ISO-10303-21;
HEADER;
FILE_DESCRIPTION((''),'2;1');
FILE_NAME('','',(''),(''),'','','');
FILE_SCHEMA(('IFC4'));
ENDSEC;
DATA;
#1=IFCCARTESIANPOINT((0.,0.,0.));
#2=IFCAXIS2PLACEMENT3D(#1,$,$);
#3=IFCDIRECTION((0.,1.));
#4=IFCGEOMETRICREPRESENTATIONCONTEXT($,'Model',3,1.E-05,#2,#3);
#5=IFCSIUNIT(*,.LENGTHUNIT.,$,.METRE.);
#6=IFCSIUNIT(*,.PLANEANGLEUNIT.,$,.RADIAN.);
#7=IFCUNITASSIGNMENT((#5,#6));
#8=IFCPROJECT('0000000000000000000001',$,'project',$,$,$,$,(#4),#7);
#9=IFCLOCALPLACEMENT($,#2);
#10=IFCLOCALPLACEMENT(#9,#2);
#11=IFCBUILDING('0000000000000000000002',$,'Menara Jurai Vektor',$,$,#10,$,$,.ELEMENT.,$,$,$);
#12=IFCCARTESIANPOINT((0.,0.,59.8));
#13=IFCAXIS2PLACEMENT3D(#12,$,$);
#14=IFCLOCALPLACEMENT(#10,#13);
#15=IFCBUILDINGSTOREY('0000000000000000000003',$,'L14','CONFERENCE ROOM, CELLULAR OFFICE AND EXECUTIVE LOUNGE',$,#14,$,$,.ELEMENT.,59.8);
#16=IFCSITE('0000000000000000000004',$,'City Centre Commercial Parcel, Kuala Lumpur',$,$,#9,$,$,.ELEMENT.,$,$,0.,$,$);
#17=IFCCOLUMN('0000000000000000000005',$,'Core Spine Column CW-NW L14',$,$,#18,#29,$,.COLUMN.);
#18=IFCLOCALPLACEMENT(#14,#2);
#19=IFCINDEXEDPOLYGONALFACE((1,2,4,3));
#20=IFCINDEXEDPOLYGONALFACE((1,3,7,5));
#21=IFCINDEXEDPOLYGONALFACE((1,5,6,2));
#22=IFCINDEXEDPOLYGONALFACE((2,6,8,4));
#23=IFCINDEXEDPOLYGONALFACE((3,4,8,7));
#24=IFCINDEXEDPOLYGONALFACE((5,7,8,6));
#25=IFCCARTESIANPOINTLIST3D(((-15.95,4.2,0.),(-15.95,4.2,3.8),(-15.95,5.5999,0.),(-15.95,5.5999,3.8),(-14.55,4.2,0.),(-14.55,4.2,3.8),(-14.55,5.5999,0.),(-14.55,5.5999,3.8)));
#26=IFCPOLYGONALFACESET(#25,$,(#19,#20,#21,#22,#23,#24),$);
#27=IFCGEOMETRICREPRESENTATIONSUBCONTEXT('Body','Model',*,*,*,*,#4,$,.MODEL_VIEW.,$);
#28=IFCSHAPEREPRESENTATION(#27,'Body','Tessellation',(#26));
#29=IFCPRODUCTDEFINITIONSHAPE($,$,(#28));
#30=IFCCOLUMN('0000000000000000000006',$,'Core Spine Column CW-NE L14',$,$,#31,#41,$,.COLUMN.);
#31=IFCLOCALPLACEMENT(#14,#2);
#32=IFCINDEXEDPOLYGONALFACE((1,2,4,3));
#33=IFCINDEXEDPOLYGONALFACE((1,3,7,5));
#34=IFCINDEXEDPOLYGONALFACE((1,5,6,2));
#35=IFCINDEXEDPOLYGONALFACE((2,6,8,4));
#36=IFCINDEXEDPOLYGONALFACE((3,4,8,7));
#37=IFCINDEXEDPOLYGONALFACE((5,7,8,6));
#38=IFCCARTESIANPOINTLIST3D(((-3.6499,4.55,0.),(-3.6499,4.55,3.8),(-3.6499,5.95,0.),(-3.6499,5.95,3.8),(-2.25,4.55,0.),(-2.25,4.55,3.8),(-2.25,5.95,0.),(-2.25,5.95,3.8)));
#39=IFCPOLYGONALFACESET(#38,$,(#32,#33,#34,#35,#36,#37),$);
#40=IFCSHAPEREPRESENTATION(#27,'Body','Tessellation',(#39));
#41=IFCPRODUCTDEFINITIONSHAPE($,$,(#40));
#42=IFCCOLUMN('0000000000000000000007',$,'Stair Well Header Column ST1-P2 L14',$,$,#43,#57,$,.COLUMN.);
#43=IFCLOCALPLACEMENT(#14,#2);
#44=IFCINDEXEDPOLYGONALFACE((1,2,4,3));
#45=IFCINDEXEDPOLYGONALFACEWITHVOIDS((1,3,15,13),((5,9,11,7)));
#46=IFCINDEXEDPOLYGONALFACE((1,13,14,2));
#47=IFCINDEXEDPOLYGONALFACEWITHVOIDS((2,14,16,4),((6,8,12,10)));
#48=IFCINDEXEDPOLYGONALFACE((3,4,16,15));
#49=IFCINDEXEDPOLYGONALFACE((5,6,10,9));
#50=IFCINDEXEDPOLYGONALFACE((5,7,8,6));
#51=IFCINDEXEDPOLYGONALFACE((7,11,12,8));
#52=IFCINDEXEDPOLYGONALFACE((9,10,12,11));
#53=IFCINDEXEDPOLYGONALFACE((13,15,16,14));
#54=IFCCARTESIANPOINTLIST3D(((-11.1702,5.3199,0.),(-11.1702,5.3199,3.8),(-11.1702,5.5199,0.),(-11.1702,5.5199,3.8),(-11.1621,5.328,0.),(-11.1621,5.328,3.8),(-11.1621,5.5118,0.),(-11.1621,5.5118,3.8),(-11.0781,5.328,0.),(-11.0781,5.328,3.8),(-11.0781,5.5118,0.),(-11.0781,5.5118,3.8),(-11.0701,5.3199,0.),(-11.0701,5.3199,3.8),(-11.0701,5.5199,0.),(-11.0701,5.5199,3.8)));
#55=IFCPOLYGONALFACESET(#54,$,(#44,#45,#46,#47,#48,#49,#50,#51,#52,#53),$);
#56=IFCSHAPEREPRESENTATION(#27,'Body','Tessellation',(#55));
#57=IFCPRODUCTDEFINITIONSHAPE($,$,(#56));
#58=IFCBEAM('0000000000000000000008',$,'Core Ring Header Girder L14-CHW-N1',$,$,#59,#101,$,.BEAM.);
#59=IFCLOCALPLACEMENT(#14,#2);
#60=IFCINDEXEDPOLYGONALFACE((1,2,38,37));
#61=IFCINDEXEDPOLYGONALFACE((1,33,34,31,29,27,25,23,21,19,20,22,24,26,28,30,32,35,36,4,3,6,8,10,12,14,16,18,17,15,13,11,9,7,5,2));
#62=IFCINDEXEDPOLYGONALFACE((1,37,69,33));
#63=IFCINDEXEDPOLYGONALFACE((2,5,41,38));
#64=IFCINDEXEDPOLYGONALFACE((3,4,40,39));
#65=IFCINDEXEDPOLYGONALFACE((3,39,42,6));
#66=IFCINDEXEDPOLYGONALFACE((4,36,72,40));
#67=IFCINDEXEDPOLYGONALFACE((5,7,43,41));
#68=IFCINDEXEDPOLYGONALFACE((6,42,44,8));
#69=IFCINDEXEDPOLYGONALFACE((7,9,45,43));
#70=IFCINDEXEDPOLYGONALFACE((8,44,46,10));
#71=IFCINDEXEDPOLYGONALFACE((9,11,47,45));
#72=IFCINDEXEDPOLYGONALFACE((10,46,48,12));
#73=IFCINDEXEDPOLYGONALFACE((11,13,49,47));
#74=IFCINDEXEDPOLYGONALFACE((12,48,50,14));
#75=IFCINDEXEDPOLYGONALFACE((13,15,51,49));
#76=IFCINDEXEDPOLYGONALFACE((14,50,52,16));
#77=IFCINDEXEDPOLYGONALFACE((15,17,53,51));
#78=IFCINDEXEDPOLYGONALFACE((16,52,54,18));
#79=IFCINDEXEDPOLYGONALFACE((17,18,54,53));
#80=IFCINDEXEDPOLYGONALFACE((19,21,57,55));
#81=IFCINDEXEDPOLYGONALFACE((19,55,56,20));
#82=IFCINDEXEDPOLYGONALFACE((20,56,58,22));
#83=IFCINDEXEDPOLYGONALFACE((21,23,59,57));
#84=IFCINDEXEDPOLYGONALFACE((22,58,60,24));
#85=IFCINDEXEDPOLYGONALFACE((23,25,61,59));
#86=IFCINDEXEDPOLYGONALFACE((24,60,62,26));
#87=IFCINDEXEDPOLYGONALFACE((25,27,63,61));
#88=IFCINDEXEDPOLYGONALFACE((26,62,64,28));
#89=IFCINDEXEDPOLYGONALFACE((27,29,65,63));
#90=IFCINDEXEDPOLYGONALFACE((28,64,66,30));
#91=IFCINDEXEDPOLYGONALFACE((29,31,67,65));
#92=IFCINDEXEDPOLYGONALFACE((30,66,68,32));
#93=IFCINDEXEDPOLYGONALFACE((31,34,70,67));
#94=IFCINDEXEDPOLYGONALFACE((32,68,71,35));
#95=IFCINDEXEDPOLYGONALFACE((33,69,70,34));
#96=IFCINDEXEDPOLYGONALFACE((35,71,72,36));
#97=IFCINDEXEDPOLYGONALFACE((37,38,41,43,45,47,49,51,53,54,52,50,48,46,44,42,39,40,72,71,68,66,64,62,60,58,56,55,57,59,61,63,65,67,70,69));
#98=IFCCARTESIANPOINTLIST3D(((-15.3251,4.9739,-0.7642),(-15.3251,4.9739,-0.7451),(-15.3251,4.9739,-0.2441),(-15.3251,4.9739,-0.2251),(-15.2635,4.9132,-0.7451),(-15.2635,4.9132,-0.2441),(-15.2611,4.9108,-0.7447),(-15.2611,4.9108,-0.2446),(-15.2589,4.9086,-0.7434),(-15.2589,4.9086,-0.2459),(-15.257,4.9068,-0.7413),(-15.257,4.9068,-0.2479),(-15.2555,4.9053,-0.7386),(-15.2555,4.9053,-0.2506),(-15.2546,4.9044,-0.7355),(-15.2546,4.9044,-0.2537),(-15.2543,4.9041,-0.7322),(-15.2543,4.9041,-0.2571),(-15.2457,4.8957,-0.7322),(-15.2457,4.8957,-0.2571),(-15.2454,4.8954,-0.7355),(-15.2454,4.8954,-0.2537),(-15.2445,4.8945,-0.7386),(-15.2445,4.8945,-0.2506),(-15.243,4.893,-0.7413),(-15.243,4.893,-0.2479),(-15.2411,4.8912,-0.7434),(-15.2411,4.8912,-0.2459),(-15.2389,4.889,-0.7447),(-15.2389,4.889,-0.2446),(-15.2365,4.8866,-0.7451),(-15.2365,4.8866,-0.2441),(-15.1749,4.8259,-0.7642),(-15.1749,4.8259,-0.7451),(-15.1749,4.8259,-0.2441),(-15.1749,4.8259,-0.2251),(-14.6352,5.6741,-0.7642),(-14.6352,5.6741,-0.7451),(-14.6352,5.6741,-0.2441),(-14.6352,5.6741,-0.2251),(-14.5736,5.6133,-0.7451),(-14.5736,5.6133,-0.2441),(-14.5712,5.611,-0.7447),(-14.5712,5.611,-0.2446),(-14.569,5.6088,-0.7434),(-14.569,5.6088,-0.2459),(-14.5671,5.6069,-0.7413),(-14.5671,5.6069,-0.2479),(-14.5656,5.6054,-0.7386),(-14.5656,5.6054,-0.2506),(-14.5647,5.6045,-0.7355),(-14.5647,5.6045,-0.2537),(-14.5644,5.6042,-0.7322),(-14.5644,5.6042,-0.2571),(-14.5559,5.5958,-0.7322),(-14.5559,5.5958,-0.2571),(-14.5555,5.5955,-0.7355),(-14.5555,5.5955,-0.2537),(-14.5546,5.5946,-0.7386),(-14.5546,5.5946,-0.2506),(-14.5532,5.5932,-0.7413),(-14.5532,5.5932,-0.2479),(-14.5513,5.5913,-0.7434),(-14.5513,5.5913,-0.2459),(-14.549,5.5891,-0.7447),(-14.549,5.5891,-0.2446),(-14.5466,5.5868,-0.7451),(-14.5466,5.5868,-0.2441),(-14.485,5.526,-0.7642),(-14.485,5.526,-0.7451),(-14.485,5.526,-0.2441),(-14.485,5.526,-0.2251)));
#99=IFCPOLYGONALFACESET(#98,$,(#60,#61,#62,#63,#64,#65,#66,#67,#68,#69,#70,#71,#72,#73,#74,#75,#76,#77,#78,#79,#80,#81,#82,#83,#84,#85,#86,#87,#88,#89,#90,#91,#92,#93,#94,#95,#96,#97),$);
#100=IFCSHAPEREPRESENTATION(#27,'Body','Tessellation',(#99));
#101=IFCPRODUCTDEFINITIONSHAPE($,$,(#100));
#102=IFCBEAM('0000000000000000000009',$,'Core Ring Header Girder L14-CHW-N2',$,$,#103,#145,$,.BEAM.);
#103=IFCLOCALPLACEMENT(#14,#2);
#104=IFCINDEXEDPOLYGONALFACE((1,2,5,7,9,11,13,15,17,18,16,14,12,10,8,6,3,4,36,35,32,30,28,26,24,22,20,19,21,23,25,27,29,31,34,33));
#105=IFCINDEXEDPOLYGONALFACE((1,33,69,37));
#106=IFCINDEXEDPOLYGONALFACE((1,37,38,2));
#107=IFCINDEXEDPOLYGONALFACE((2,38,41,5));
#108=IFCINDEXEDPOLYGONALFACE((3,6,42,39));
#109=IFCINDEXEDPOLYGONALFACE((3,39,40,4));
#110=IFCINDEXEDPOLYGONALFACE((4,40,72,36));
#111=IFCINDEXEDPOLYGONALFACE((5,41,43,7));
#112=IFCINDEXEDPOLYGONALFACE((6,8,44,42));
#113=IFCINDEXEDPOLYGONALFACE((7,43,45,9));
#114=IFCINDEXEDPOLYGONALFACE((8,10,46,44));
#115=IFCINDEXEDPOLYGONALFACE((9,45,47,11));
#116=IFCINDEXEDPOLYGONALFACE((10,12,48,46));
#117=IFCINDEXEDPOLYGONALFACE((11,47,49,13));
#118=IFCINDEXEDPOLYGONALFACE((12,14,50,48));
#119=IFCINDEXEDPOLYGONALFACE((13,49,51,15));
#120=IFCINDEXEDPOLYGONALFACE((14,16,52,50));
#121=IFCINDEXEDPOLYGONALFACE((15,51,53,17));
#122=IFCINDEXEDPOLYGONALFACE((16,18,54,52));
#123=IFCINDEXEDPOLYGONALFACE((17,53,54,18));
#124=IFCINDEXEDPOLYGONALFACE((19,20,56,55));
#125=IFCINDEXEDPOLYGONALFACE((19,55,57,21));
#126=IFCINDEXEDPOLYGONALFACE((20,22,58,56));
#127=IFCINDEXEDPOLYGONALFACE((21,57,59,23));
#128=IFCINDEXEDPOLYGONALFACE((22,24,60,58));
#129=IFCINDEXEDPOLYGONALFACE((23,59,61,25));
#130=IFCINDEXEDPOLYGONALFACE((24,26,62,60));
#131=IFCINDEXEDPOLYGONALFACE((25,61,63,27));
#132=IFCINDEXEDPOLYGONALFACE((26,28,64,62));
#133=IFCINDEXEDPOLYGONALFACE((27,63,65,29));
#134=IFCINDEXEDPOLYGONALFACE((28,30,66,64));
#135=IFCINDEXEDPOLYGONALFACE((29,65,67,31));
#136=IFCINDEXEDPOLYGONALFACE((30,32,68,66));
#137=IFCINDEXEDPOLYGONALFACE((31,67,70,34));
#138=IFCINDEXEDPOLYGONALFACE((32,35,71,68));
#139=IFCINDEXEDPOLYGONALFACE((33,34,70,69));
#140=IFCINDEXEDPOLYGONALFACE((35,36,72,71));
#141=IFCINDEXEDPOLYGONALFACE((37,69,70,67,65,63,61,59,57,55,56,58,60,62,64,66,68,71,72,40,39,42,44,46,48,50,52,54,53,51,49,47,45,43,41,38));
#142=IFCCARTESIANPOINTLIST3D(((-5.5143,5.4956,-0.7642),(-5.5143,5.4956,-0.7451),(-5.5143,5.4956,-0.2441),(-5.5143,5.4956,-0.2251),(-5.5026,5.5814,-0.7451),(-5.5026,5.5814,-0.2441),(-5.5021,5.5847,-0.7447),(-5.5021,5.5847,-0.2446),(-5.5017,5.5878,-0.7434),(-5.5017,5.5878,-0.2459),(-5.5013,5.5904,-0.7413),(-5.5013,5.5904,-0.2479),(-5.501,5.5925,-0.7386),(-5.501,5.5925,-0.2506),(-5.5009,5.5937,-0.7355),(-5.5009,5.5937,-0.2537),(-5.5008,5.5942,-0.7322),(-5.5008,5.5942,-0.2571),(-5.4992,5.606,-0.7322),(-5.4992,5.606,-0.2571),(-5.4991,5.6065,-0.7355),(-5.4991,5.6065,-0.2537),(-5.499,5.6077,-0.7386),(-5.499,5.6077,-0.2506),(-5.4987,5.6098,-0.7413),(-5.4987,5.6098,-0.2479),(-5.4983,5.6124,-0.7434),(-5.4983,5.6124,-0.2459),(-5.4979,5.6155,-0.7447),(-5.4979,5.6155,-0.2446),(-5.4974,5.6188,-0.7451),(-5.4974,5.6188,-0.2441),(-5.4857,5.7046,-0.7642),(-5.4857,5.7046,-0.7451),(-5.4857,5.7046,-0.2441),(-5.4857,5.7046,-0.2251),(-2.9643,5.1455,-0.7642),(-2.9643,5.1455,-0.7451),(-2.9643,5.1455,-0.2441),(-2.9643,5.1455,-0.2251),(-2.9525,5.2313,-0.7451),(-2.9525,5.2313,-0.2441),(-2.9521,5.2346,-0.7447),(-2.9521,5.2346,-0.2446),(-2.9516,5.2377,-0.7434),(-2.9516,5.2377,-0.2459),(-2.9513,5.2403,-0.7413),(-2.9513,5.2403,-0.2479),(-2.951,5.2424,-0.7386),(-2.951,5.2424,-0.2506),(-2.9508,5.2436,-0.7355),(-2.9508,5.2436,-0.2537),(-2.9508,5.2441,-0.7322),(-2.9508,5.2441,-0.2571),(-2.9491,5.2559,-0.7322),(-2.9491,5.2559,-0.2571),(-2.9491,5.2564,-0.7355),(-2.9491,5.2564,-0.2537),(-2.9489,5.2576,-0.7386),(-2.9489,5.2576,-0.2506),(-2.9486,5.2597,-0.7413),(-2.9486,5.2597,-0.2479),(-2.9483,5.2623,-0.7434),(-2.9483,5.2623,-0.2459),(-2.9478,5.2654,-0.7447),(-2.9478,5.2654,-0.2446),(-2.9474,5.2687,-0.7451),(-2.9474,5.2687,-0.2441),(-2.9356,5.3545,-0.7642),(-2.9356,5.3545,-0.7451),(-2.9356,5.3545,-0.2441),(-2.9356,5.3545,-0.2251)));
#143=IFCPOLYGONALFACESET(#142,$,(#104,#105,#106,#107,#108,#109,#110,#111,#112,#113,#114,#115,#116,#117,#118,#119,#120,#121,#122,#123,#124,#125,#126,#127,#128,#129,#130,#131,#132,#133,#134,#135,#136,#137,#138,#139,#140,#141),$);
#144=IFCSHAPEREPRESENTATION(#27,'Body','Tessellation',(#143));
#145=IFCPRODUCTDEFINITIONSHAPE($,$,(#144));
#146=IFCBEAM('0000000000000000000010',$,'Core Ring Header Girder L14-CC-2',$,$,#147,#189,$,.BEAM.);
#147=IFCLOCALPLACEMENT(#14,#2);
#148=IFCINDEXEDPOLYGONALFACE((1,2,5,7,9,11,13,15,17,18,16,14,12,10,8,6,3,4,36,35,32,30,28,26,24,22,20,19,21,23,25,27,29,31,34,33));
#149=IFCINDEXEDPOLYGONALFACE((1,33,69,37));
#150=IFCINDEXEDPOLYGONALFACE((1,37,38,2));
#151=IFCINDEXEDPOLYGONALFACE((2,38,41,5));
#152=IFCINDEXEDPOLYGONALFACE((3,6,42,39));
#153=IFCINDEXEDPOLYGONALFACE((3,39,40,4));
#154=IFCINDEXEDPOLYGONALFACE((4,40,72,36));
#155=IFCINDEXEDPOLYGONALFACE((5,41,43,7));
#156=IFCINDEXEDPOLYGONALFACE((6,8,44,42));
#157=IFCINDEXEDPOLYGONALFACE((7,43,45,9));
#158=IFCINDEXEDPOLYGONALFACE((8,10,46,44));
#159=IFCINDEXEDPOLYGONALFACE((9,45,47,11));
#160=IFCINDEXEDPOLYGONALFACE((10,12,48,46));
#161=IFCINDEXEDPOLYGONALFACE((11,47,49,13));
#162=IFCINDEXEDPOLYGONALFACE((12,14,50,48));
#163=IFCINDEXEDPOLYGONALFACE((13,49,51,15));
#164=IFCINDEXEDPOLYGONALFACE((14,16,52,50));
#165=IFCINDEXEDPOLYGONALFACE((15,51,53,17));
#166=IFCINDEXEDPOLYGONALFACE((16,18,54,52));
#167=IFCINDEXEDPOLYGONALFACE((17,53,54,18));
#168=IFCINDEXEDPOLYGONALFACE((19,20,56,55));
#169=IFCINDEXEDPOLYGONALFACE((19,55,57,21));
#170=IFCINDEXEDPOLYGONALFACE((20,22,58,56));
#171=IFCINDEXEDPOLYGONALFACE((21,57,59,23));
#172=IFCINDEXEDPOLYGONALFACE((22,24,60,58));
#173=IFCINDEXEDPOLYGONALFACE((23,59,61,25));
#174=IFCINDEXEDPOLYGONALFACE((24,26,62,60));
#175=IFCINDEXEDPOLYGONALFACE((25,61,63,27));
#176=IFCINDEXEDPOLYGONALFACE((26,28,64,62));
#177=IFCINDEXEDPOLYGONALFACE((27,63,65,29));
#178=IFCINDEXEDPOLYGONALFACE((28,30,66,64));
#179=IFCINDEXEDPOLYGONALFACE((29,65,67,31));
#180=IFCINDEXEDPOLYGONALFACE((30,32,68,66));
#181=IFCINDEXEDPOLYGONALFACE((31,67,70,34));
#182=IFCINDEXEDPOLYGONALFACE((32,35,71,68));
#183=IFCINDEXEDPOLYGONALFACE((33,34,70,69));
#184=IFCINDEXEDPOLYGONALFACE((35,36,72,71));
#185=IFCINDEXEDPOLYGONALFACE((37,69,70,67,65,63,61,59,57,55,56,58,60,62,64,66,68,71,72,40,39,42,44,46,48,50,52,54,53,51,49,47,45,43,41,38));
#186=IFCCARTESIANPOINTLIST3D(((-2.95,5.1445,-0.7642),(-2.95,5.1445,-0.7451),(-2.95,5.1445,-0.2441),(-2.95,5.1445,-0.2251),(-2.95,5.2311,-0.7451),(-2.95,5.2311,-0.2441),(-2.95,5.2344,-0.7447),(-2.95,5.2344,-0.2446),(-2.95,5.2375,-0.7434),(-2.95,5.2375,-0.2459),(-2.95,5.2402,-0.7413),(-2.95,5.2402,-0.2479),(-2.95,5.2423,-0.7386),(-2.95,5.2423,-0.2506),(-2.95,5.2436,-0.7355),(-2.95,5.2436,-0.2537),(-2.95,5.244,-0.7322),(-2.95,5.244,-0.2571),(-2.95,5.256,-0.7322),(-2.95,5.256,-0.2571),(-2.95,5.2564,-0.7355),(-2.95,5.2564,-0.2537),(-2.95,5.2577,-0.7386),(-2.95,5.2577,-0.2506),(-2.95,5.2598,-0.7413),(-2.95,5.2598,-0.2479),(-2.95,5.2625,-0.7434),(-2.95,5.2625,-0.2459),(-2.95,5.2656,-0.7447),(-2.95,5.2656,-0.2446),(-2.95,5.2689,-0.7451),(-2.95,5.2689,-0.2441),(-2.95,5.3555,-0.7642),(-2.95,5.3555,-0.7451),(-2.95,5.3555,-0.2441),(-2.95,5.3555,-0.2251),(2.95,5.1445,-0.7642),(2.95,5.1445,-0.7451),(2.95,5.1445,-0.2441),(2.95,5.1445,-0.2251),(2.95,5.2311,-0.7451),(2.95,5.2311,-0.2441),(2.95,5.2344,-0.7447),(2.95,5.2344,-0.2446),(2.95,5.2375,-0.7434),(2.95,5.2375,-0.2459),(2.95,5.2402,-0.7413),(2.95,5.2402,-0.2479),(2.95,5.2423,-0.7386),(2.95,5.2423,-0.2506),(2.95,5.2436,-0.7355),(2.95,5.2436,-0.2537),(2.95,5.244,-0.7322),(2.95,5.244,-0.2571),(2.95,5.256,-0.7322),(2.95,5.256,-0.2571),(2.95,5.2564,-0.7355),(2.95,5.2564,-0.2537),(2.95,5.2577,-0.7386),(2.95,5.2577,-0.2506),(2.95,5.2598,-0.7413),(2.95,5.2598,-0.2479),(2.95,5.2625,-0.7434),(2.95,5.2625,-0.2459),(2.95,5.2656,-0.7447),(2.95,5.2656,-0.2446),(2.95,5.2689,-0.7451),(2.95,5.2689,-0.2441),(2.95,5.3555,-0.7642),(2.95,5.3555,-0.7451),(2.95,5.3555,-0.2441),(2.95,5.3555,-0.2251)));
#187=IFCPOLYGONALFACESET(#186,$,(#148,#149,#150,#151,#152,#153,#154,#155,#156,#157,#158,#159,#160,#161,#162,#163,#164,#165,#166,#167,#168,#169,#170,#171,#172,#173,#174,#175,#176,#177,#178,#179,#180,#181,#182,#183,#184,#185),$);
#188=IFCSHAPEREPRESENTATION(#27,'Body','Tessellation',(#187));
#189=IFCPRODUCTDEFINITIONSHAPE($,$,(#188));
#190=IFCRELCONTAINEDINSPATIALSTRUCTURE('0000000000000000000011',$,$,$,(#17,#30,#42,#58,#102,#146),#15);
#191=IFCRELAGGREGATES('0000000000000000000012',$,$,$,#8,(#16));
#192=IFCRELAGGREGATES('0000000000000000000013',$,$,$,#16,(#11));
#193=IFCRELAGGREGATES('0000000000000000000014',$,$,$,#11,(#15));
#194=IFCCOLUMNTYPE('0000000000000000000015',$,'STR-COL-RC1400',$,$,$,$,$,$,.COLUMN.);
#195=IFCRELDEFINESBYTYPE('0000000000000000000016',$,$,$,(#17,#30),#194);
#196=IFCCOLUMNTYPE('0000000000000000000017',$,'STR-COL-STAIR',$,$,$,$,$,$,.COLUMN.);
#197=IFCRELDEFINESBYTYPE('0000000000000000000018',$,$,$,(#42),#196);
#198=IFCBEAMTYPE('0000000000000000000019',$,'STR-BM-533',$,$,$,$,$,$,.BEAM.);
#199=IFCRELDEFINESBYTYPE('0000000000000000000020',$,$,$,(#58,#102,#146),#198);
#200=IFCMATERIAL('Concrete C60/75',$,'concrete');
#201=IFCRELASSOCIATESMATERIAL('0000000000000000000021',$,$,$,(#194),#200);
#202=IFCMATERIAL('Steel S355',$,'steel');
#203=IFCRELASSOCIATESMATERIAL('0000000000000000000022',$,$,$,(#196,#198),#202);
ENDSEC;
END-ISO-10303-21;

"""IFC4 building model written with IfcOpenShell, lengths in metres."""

from ifc_helpers import new_model, si_unit, direction, frame, origin, origin_2d, place, context, subcontext, project, spatial, rectangle, hollow_rectangle, i_section, extrude, material, material_profile, profile_set, type_object, element, save


model = new_model("IFC4")

# Units and contexts
model_context = context("Model", 3, precision=1e-05, world=origin(), true_north=direction((0.0, 1.0)))
body_context = subcontext(model_context, "Body", "Model", "MODEL_VIEW")
ifc_project = project(units=[si_unit("LENGTHUNIT", "METRE"), si_unit("PLANEANGLEUNIT", "RADIAN")], contexts=[model_context])

# Site, building, storey
site_placement = place(None, origin())
site = spatial("IfcSite", under=ifc_project, at=site_placement, Name="City Centre Commercial Parcel, Kuala Lumpur", CompositionType="ELEMENT", RefElevation=0.0)
building_placement = place(site_placement, origin())
building = spatial("IfcBuilding", under=site, at=building_placement, Name="Menara Jurai Vektor", CompositionType="ELEMENT")
storey_placement = place(building_placement, frame((0.0, 0.0, 59.8)))
storey = spatial("IfcBuildingStorey", under=building, at=storey_placement, Name="L14", Description="CONFERENCE ROOM, CELLULAR OFFICE AND EXECUTIVE LOUNGE", CompositionType="ELEMENT", Elevation=59.8)

# Columns
ifc_material_1 = material(Name="Concrete C60/75", Category="concrete")
ifc_material_profile_1 = material_profile(ifc_material_1, rectangle(XDim=1.3999, YDim=1.3999, at=origin_2d()), Name="RC 1400x1400")
ifc_profile_set_1 = profile_set([ifc_material_profile_1], Name="Concrete C60/75")
column_type_1 = type_object("IfcColumnType", Name="STR-COL-RC1400", PredefinedType="COLUMN", material=ifc_profile_set_1)
for number, where, z_axis, x_axis, name in (
    (1, (-15.25, 4.8999, 0.0), (0.0, 0.0, 1.0), (1.0, 0.0, 0.0), "Core Spine Column CW-NW L14"),
    (2, (-2.95, 5.25, 0.0), (0.0, 0.0, 1.0), (1.0, 0.0, 0.0), "Core Spine Column CW-NE L14"),
):
    element("IfcColumn", number, at=place(storey_placement, frame(where, z_axis=z_axis, x_axis=x_axis)), inside=storey, type_object=column_type_1, Name=name, PredefinedType="COLUMN", context=body_context, shape_type="SweptSolid", body=[
        extrude(rectangle(XDim=1.3999, YDim=1.3999, at=origin_2d()), origin(), (0.0, 0.0, 1.0), 3.8),
    ])
ifc_material_2 = material(Name="Steel S355", Category="steel")
ifc_material_profile_2 = material_profile(ifc_material_2, hollow_rectangle(XDim=0.1001, YDim=0.2, WallThickness=0.0081, at=origin_2d()), Name="RHS 200x100x8")
ifc_profile_set_2 = profile_set([ifc_material_profile_2], Name="Steel S355")
column_type_2 = type_object("IfcColumnType", Name="STR-COL-STAIR", PredefinedType="COLUMN", material=ifc_profile_set_2)
column_placement = place(storey_placement, frame((-11.1201, 5.4199, 0.0), z_axis=(0.0, 0.0, 1.0), x_axis=(1.0, 0.0, 0.0)))
element("IfcColumn", 3, at=column_placement, inside=storey, type_object=column_type_2, Name="Stair Well Header Column ST1-P2 L14", PredefinedType="COLUMN", context=body_context, shape_type="SweptSolid", body=[
    extrude(hollow_rectangle(XDim=0.1001, YDim=0.2, WallThickness=0.0081, at=origin_2d()), origin(), (0.0, 0.0, 1.0), 3.8),
])

# Beams
ifc_material_profile_3 = material_profile(ifc_material_2, i_section(OverallWidth=0.2109, OverallDepth=0.5391, WebThickness=0.012, FlangeThickness=0.019, FilletRadius=0.0129, at=origin_2d()), Name="UKB 533x210x109")
ifc_profile_set_3 = profile_set([ifc_material_profile_3], Name="Steel S355")
beam_type_1 = type_object("IfcBeamType", Name="STR-BM-533", PredefinedType="BEAM", material=ifc_profile_set_3)
beam_1_placement = place(storey_placement, frame((-15.25, 4.8999, -0.4946), z_axis=(0.701872, 0.712303, 0.0), x_axis=(-0.712303, 0.701872, 0.0)))
element("IfcBeam", 4, at=beam_1_placement, inside=storey, type_object=beam_type_1, Name="Core Ring Header Girder L14-CHW-N1", PredefinedType="BEAM", context=body_context, shape_type="SweptSolid", body=[
    extrude(i_section(OverallWidth=0.2109, OverallDepth=0.5391, WebThickness=0.012, FlangeThickness=0.019, FilletRadius=0.0129, at=origin_2d()), origin(), (0.0, 0.0, 1.0), 0.9829),
])
beam_2_placement = place(storey_placement, frame((-5.5, 5.6001, -0.4946), z_axis=(0.990707, -0.136015, 0.0), x_axis=(0.136015, 0.990707, 0.0)))
element("IfcBeam", 5, at=beam_2_placement, inside=storey, type_object=beam_type_1, Name="Core Ring Header Girder L14-CHW-N2", PredefinedType="BEAM", context=body_context, shape_type="SweptSolid", body=[
    extrude(i_section(OverallWidth=0.2109, OverallDepth=0.5391, WebThickness=0.012, FlangeThickness=0.019, FilletRadius=0.0129, at=origin_2d()), origin(), (0.0, 0.0, 1.0), 2.574),
])
beam_3_placement = place(storey_placement, frame((-2.95, 5.25, -0.4946), z_axis=(1.0, 0.0, 0.0), x_axis=(0.0, 1.0, 0.0)))
element("IfcBeam", 6, at=beam_3_placement, inside=storey, type_object=beam_type_1, Name="Core Ring Header Girder L14-CC-2", PredefinedType="BEAM", context=body_context, shape_type="SweptSolid", body=[
    extrude(i_section(OverallWidth=0.2109, OverallDepth=0.5391, WebThickness=0.012, FlangeThickness=0.019, FilletRadius=0.0129, at=origin_2d()), origin(), (0.0, 0.0, 1.0), 5.8999),
])

save(model, "model.ifc")
